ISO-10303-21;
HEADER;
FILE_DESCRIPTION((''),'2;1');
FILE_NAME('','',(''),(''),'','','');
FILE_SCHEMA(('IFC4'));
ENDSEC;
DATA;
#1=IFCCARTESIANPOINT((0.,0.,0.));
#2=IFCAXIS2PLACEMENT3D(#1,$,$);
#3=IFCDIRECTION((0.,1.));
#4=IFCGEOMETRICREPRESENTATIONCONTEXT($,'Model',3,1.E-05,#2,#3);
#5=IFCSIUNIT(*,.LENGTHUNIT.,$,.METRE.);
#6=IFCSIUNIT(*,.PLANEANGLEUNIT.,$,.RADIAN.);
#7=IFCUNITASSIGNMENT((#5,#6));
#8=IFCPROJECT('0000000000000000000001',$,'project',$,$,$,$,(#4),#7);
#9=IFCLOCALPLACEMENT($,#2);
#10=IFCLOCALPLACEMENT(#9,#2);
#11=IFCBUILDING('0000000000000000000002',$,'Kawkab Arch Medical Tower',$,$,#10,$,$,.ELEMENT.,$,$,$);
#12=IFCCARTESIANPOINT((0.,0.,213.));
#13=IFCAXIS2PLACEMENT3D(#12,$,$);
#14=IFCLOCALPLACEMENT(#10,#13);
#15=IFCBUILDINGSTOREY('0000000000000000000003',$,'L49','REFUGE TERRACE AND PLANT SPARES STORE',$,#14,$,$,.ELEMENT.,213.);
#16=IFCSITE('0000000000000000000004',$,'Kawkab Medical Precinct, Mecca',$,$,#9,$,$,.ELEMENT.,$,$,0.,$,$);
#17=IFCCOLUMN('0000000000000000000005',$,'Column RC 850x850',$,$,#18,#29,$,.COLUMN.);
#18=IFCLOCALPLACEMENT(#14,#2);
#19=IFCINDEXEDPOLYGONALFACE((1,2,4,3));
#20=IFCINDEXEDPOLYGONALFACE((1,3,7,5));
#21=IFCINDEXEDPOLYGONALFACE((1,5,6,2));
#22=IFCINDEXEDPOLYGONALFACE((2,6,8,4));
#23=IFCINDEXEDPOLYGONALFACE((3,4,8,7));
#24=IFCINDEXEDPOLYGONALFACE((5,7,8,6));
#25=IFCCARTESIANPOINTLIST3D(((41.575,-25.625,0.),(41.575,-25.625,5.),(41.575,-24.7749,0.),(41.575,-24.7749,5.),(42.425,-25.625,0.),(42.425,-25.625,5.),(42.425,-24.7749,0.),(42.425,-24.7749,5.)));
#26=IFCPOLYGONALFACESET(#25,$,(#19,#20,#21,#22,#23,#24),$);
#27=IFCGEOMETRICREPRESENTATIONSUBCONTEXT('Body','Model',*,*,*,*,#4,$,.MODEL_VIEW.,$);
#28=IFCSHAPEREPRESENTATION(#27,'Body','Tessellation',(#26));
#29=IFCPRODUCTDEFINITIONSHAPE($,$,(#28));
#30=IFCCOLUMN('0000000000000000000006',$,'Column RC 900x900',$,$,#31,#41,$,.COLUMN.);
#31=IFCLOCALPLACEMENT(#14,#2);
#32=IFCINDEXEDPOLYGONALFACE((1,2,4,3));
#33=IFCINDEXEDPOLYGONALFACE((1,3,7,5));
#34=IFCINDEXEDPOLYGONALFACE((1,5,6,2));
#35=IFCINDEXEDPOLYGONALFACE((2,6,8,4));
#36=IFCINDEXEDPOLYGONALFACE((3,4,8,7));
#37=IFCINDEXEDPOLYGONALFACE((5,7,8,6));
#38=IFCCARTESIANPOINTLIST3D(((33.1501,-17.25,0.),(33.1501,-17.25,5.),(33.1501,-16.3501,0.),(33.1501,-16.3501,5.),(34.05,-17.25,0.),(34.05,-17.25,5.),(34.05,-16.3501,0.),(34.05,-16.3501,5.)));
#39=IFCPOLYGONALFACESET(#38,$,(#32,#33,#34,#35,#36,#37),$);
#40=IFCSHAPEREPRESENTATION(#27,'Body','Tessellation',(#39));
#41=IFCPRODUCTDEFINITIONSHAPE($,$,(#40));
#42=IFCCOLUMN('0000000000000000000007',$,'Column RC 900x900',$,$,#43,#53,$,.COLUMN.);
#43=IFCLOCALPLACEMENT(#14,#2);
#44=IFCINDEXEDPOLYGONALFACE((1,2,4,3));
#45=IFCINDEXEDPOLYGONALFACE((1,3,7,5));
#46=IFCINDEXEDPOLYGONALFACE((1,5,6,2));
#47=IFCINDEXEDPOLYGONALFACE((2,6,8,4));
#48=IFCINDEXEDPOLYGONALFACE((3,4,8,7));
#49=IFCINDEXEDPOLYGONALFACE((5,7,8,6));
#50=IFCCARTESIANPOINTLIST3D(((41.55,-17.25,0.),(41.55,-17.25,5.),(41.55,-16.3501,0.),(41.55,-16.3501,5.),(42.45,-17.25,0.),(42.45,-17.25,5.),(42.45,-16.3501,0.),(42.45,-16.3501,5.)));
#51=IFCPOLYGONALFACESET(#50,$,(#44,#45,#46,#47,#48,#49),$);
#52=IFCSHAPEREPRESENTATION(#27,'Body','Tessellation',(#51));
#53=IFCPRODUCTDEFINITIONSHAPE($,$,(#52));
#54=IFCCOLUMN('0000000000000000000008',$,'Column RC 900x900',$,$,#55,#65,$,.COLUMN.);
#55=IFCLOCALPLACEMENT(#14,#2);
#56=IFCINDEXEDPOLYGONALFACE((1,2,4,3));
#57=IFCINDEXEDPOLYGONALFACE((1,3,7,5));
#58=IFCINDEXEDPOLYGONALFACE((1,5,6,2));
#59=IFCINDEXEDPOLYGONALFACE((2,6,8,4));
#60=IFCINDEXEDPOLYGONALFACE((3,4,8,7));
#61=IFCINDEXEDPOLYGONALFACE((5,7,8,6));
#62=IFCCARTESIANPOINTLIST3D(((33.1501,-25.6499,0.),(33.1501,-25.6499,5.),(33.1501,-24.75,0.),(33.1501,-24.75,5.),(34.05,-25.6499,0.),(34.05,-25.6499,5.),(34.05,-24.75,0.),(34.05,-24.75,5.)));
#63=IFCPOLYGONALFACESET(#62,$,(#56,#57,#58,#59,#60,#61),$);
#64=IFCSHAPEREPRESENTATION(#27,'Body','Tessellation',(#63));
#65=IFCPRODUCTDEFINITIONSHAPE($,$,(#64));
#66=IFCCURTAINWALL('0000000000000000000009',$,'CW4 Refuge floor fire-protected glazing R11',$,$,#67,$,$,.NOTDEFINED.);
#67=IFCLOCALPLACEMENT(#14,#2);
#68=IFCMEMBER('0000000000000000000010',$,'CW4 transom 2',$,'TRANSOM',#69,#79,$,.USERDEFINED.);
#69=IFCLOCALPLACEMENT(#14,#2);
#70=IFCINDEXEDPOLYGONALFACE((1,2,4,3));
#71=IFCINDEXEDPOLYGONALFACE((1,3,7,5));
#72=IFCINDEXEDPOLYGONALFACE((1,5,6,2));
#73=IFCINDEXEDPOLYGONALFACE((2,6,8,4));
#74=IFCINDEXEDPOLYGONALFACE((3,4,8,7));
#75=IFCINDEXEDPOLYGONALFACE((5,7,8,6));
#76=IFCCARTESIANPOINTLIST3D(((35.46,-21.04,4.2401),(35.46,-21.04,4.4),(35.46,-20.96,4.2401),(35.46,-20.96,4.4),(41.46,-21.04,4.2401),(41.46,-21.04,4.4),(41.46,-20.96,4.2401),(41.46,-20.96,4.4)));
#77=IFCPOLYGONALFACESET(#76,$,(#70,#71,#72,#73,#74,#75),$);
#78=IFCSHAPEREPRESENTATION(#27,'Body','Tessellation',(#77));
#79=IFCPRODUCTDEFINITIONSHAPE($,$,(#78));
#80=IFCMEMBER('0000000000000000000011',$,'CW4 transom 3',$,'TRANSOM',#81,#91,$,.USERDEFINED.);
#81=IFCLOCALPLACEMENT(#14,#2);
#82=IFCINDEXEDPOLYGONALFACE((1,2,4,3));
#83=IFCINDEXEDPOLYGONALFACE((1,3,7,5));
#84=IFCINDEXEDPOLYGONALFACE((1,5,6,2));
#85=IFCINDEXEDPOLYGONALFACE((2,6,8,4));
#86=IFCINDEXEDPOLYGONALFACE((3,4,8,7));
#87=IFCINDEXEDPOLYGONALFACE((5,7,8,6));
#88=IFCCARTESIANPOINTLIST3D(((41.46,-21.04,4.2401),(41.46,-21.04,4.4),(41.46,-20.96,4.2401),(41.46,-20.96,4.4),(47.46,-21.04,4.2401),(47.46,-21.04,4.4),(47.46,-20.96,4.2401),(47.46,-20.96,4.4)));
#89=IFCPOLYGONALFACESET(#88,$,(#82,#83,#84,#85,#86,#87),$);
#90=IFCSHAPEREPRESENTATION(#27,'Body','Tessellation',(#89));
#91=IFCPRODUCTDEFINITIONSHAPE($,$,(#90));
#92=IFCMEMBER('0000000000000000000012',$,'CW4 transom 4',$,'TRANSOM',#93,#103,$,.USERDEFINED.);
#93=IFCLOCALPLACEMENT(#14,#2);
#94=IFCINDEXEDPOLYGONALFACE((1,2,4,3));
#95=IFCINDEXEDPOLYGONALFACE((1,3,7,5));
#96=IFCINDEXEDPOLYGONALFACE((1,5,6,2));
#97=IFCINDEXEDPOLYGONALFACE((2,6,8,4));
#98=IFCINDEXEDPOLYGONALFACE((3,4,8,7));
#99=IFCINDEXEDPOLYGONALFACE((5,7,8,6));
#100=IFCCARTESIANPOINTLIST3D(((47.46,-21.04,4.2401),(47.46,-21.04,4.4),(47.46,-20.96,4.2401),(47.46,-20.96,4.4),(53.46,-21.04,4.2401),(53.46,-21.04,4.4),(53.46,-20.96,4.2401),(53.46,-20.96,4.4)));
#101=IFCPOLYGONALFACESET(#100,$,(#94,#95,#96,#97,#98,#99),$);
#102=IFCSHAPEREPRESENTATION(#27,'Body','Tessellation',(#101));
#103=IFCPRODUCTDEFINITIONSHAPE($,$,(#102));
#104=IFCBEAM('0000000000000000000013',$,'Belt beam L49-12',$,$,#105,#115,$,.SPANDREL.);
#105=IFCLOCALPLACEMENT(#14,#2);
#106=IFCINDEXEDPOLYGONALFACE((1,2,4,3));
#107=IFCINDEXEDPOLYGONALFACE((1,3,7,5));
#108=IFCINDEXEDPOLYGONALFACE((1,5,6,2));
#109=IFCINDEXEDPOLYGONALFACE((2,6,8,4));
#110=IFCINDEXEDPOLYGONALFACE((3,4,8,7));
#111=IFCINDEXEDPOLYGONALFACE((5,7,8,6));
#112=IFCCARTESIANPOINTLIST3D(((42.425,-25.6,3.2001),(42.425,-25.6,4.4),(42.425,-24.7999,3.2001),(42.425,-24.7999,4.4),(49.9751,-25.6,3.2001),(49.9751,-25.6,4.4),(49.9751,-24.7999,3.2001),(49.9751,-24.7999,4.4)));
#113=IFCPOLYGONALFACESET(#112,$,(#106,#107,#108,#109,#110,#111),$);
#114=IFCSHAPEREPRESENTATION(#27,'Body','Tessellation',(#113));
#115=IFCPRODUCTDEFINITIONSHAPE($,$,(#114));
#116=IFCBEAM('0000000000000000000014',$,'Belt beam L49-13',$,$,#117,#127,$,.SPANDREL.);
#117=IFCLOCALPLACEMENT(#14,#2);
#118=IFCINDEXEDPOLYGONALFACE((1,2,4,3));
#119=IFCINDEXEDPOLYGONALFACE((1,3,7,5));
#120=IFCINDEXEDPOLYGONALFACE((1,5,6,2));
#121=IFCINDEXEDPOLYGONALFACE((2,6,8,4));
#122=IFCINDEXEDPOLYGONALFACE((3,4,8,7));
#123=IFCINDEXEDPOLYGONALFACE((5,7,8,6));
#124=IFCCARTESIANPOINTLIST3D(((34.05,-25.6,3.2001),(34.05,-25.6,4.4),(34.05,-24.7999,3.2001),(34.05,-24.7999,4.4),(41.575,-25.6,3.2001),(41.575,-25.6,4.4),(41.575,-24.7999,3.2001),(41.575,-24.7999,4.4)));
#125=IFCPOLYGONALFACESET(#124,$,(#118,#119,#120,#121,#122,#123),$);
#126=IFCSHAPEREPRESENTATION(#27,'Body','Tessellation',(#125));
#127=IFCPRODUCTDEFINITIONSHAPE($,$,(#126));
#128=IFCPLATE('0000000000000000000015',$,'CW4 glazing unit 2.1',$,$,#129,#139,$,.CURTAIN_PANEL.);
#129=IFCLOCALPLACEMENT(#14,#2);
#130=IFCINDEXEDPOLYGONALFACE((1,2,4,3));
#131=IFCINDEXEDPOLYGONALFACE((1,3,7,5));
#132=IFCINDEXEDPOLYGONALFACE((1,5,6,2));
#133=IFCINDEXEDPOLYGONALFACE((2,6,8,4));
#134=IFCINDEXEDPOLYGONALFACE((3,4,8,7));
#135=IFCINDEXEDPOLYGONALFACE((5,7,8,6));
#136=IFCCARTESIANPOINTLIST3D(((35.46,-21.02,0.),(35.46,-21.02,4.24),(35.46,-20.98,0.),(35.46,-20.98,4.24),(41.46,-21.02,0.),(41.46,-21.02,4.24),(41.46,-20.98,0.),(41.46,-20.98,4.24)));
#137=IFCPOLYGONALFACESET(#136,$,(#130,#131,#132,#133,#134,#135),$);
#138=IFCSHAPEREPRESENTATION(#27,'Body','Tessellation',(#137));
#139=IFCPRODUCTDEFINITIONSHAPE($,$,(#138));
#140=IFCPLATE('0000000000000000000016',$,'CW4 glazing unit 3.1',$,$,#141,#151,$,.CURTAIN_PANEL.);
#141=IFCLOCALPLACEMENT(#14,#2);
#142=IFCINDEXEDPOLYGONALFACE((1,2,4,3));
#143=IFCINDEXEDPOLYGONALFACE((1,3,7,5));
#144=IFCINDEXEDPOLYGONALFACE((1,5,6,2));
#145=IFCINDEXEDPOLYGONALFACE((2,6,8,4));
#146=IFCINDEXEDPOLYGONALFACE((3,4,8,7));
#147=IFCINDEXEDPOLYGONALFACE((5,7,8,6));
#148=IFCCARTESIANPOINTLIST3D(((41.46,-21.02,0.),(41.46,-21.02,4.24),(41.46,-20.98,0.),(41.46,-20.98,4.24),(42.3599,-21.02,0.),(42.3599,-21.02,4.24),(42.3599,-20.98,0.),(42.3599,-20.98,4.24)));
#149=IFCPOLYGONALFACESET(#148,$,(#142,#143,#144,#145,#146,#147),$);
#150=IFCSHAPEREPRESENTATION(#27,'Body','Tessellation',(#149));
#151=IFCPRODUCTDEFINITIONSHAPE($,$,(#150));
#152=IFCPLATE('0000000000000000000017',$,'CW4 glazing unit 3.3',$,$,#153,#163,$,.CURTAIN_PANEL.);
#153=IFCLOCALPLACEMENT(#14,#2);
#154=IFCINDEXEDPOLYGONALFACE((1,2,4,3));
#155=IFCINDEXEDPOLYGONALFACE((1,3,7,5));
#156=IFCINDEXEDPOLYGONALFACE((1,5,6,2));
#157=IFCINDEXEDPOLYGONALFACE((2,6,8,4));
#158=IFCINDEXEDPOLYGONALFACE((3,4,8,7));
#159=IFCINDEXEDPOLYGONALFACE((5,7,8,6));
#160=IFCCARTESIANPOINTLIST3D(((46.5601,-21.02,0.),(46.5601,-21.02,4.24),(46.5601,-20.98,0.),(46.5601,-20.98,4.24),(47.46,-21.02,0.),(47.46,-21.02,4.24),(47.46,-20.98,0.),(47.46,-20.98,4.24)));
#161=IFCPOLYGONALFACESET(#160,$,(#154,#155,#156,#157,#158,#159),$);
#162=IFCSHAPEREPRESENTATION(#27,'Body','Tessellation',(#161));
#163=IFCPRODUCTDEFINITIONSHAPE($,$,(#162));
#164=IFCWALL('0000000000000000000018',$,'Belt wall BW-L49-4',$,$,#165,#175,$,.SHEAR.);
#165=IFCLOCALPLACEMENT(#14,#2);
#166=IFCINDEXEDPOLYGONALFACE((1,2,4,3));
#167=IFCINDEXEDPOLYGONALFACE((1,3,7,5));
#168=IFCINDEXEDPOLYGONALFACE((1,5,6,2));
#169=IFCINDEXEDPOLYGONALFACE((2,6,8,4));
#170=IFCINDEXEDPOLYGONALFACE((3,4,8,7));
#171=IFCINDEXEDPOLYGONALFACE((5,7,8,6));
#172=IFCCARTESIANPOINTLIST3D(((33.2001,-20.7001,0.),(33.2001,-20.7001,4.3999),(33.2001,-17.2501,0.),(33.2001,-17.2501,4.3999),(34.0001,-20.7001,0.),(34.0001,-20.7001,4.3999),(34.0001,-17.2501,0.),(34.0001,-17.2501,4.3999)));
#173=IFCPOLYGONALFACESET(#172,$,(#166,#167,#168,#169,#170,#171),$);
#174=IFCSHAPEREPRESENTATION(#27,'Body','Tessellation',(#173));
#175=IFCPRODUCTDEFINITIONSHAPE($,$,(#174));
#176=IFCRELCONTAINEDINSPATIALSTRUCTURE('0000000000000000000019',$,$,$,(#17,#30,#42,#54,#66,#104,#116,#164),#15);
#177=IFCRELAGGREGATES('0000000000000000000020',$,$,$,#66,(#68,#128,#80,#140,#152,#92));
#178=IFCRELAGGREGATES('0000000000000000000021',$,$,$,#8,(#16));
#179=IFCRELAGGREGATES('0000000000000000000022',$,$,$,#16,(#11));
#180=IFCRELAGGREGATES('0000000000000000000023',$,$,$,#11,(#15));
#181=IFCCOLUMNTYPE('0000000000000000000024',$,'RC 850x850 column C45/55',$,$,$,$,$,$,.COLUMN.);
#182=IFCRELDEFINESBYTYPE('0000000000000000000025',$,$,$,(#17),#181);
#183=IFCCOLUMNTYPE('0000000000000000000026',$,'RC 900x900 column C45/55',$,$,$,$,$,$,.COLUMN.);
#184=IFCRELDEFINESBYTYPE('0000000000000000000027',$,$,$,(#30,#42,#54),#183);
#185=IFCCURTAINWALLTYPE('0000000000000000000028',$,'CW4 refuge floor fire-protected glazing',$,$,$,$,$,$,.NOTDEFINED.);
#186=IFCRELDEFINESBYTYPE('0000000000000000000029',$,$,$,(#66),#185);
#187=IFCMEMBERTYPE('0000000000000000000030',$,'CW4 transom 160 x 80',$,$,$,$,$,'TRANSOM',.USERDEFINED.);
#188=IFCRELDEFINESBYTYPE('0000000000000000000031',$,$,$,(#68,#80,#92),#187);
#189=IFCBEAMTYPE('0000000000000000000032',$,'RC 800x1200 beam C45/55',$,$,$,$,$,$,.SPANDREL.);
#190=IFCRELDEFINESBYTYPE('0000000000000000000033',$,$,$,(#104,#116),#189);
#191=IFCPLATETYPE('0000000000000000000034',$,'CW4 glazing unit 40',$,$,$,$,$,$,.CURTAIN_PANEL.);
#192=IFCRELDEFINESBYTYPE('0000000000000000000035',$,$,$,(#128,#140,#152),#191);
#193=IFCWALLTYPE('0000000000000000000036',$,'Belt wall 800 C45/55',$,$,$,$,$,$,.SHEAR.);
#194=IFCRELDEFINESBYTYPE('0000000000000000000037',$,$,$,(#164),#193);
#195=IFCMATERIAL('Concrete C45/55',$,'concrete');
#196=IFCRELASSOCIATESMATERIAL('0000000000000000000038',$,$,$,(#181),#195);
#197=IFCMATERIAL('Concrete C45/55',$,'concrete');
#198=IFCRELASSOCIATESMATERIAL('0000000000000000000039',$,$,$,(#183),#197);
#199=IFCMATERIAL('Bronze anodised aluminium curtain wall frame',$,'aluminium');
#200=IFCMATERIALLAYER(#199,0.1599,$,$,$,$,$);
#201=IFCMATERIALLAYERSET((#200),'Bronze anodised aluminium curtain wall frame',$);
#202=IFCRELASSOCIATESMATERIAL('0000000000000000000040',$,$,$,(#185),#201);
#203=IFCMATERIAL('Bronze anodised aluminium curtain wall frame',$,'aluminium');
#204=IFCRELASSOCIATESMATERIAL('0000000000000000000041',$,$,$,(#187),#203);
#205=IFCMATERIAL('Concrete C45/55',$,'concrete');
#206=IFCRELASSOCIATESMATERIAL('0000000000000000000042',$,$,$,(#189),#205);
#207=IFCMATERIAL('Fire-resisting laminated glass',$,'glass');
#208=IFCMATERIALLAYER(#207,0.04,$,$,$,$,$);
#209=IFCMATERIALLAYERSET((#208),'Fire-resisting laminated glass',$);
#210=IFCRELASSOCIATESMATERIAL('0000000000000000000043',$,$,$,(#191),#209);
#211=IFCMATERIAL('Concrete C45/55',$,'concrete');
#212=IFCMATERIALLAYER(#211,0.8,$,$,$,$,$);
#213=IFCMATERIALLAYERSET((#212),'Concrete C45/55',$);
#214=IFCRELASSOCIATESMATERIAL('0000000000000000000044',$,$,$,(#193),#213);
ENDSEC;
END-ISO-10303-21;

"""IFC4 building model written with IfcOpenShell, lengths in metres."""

from ifc_helpers import new_model, si_unit, direction, frame, frame_2d, origin, origin_2d, place, context, subcontext, project, spatial, rectangle, extrude, material, layer, layer_set, material_profile, profile_set, type_object, element, aggregate, save


model = new_model("IFC4")

# Units and contexts
model_context = context("Model", 3, precision=1e-05, world=origin(), true_north=direction((0.0, 1.0)))
body_context = subcontext(model_context, "Body", "Model", "MODEL_VIEW")
ifc_project = project(units=[si_unit("LENGTHUNIT", "METRE"), si_unit("PLANEANGLEUNIT", "RADIAN")], contexts=[model_context])

# Site, building, storey
site_placement = place(None, origin())
site = spatial("IfcSite", under=ifc_project, at=site_placement, Name="Kawkab Medical Precinct, Mecca", CompositionType="ELEMENT", RefElevation=0.0)
building_placement = place(site_placement, origin())
building = spatial("IfcBuilding", under=site, at=building_placement, Name="Kawkab Arch Medical Tower", CompositionType="ELEMENT")
storey_placement = place(building_placement, frame((0.0, 0.0, 213.0)))
storey = spatial("IfcBuildingStorey", under=building, at=storey_placement, Name="L49", Description="REFUGE TERRACE AND PLANT SPARES STORE", CompositionType="ELEMENT", Elevation=213.0)

# Columns
ifc_material_1 = material(Name="Concrete C45/55", Category="concrete")
ifc_material_profile_1 = material_profile(ifc_material_1, rectangle(XDim=0.8501, YDim=0.8501, at=origin_2d()), Name="RC 850x850")
ifc_profile_set_1 = profile_set([ifc_material_profile_1], Name="Concrete C45/55")
column_type_1 = type_object("IfcColumnType", Name="RC 850x850 column C45/55", PredefinedType="COLUMN", material=ifc_profile_set_1)
column_placement = place(storey_placement, frame((42.0, -25.2, 0.0), z_axis=(0.0, 0.0, 1.0), x_axis=(1.0, 0.0, 0.0)))
element("IfcColumn", 1, at=column_placement, inside=storey, type_object=column_type_1, Name="Column RC 850x850", PredefinedType="COLUMN", context=body_context, shape_type="SweptSolid", body=[
    extrude(rectangle(XDim=0.8501, YDim=0.8501, at=origin_2d()), origin(), (0.0, 0.0, 1.0), 5.0),
])
ifc_material_2 = material(Name="Concrete C45/55", Category="concrete")
ifc_material_profile_2 = material_profile(ifc_material_2, rectangle(XDim=0.8999, YDim=0.8999, at=origin_2d()), Name="RC 900x900")
ifc_profile_set_2 = profile_set([ifc_material_profile_2], Name="Concrete C45/55")
column_type_2 = type_object("IfcColumnType", Name="RC 900x900 column C45/55", PredefinedType="COLUMN", material=ifc_profile_set_2)
for number, where, z_axis, x_axis, name in (
    (2, (33.6001, -16.8, 0.0), (0.0, 0.0, 1.0), (1.0, 0.0, 0.0), "Column RC 900x900"),
    (3, (42.0, -16.8, 0.0), (0.0, 0.0, 1.0), (1.0, 0.0, 0.0), "Column RC 900x900"),
    (4, (33.6001, -25.2, 0.0), (0.0, 0.0, 1.0), (1.0, 0.0, 0.0), "Column RC 900x900"),
):
    element("IfcColumn", number, at=place(storey_placement, frame(where, z_axis=z_axis, x_axis=x_axis)), inside=storey, type_object=column_type_2, Name=name, PredefinedType="COLUMN", context=body_context, shape_type="SweptSolid", body=[
        extrude(rectangle(XDim=0.8999, YDim=0.8999, at=origin_2d()), origin(), (0.0, 0.0, 1.0), 5.0),
    ])

# Curtain wall, members
ifc_material_3 = material(Name="Bronze anodised aluminium curtain wall frame", Category="aluminium")
ifc_layer_1 = layer(ifc_material_3, 0.1599)
ifc_layer_set_1 = layer_set([ifc_layer_1], Name="Bronze anodised aluminium curtain wall frame")
curtain_wall_type = type_object("IfcCurtainWallType", Name="CW4 refuge floor fire-protected glazing", PredefinedType="NOTDEFINED", material=ifc_layer_set_1)
curtain_wall_placement = place(storey_placement, origin())
curtain_wall = element("IfcCurtainWall", 5, at=curtain_wall_placement, inside=storey, type_object=curtain_wall_type, Name="CW4 Refuge floor fire-protected glazing R11", PredefinedType="NOTDEFINED")
ifc_material_4 = material(Name="Bronze anodised aluminium curtain wall frame", Category="aluminium")
ifc_material_profile_3 = material_profile(ifc_material_4, rectangle(XDim=0.0801, YDim=0.1599, at=origin_2d()), Name="AL 80x160")
ifc_profile_set_3 = profile_set([ifc_material_profile_3], Name="Bronze anodised aluminium curtain wall frame")
member_type = type_object("IfcMemberType", Name="CW4 transom 160 x 80", ElementType="TRANSOM", PredefinedType="USERDEFINED", material=ifc_profile_set_3)
member_1_placement = place(storey_placement, frame((35.46, -21.0, 4.3201), z_axis=(1.0, 0.0, 0.0), x_axis=(0.0, 1.0, 0.0)))
member_1 = element("IfcMember", 6, at=member_1_placement, type_object=member_type, Name="CW4 transom 2", ObjectType="TRANSOM", PredefinedType="USERDEFINED", context=body_context, shape_type="SweptSolid", body=[
    extrude(rectangle(XDim=0.0801, YDim=0.1599, at=origin_2d()), origin(), (0.0, 0.0, 1.0), 6.0),
])
member_2_placement = place(storey_placement, frame((41.46, -21.0, 4.3201), z_axis=(1.0, 0.0, 0.0), x_axis=(0.0, 1.0, 0.0)))
member_2 = element("IfcMember", 7, at=member_2_placement, type_object=member_type, Name="CW4 transom 3", ObjectType="TRANSOM", PredefinedType="USERDEFINED", context=body_context, shape_type="SweptSolid", body=[
    extrude(rectangle(XDim=0.0801, YDim=0.1599, at=origin_2d()), origin(), (0.0, 0.0, 1.0), 6.0),
])
member_3_placement = place(storey_placement, frame((47.46, -21.0, 4.3201), z_axis=(1.0, 0.0, 0.0), x_axis=(0.0, 1.0, 0.0)))
member_3 = element("IfcMember", 8, at=member_3_placement, type_object=member_type, Name="CW4 transom 4", ObjectType="TRANSOM", PredefinedType="USERDEFINED", context=body_context, shape_type="SweptSolid", body=[
    extrude(rectangle(XDim=0.0801, YDim=0.1599, at=origin_2d()), origin(), (0.0, 0.0, 1.0), 6.0),
])

# Beams
ifc_material_5 = material(Name="Concrete C45/55", Category="concrete")
ifc_material_profile_4 = material_profile(ifc_material_5, rectangle(XDim=0.8, YDim=1.2, at=origin_2d()), Name="RC 800x1200")
ifc_profile_set_4 = profile_set([ifc_material_profile_4], Name="Concrete C45/55")
beam_type = type_object("IfcBeamType", Name="RC 800x1200 beam C45/55", PredefinedType="SPANDREL", material=ifc_profile_set_4)
beam_1_placement = place(storey_placement, frame((49.9751, -25.2, 3.8), z_axis=(-1.0, 0.0, 0.0), x_axis=(0.0, -1.0, 0.0)))
element("IfcBeam", 9, at=beam_1_placement, inside=storey, type_object=beam_type, Name="Belt beam L49-12", PredefinedType="SPANDREL", context=body_context, shape_type="SweptSolid", body=[
    extrude(rectangle(XDim=0.8, YDim=1.2, at=origin_2d()), origin(), (0.0, 0.0, 1.0), 7.55),
])
beam_2_placement = place(storey_placement, frame((41.575, -25.2, 3.8), z_axis=(-1.0, 0.0, 0.0), x_axis=(0.0, -1.0, 0.0)))
element("IfcBeam", 10, at=beam_2_placement, inside=storey, type_object=beam_type, Name="Belt beam L49-13", PredefinedType="SPANDREL", context=body_context, shape_type="SweptSolid", body=[
    extrude(rectangle(XDim=0.8, YDim=1.2, at=origin_2d()), origin(), (0.0, 0.0, 1.0), 7.5249),
])

# Plates
ifc_material_6 = material(Name="Fire-resisting laminated glass", Category="glass")
ifc_layer_2 = layer(ifc_material_6, 0.04)
ifc_layer_set_2 = layer_set([ifc_layer_2], Name="Fire-resisting laminated glass")
plate_type = type_object("IfcPlateType", Name="CW4 glazing unit 40", PredefinedType="CURTAIN_PANEL", material=ifc_layer_set_2)
plate_1_placement = place(storey_placement, frame((38.46, -21.0, 0.0), z_axis=(0.0, 0.0, 1.0), x_axis=(1.0, 0.0, 0.0)))
plate_1 = element("IfcPlate", 11, at=plate_1_placement, type_object=plate_type, Name="CW4 glazing unit 2.1", PredefinedType="CURTAIN_PANEL", context=body_context, shape_type="SweptSolid", body=[
    extrude(rectangle(XDim=6.0, YDim=0.04, at=origin_2d()), origin(), (0.0, 0.0, 1.0), 4.24),
])
plate_2_placement = place(storey_placement, frame((41.9099, -21.0, 0.0), z_axis=(0.0, 0.0, 1.0), x_axis=(1.0, 0.0, 0.0)))
plate_2 = element("IfcPlate", 12, at=plate_2_placement, type_object=plate_type, Name="CW4 glazing unit 3.1", PredefinedType="CURTAIN_PANEL", context=body_context, shape_type="SweptSolid", body=[
    extrude(rectangle(XDim=0.8999, YDim=0.04, at=origin_2d()), origin(), (0.0, 0.0, 1.0), 4.24),
])
plate_3_placement = place(storey_placement, frame((47.01, -21.0, 0.0), z_axis=(0.0, 0.0, 1.0), x_axis=(1.0, 0.0, 0.0)))
plate_3 = element("IfcPlate", 13, at=plate_3_placement, type_object=plate_type, Name="CW4 glazing unit 3.3", PredefinedType="CURTAIN_PANEL", context=body_context, shape_type="SweptSolid", body=[
    extrude(rectangle(XDim=0.8999, YDim=0.04, at=origin_2d()), origin(), (0.0, 0.0, 1.0), 4.24),
])
aggregate(curtain_wall, [member_1, plate_1, member_2, plate_2, plate_3, member_3])

# Wall
ifc_material_7 = material(Name="Concrete C45/55", Category="concrete")
ifc_layer_3 = layer(ifc_material_7, 0.8)
ifc_layer_set_3 = layer_set([ifc_layer_3], Name="Concrete C45/55")
wall_type_1 = type_object("IfcWallType", Name="Belt wall 800 C45/55", PredefinedType="SHEAR", material=ifc_layer_set_3)
wall_1_placement = place(storey_placement, frame((33.6001, -17.25, 0.0), z_axis=(0.0, 0.0, 1.0), x_axis=(0.0, -1.0, 0.0)))
element("IfcWall", 14, at=wall_1_placement, inside=storey, type_object=wall_type_1, Name="Belt wall BW-L49-4", PredefinedType="SHEAR", context=body_context, shape_type="SweptSolid", body=[
    extrude(rectangle(XDim=3.45, YDim=0.8, at=frame_2d((1.7251, 0.0))), origin(), (0.0, 0.0, 1.0), 4.3999),
])

save(model, "model.ifc")
